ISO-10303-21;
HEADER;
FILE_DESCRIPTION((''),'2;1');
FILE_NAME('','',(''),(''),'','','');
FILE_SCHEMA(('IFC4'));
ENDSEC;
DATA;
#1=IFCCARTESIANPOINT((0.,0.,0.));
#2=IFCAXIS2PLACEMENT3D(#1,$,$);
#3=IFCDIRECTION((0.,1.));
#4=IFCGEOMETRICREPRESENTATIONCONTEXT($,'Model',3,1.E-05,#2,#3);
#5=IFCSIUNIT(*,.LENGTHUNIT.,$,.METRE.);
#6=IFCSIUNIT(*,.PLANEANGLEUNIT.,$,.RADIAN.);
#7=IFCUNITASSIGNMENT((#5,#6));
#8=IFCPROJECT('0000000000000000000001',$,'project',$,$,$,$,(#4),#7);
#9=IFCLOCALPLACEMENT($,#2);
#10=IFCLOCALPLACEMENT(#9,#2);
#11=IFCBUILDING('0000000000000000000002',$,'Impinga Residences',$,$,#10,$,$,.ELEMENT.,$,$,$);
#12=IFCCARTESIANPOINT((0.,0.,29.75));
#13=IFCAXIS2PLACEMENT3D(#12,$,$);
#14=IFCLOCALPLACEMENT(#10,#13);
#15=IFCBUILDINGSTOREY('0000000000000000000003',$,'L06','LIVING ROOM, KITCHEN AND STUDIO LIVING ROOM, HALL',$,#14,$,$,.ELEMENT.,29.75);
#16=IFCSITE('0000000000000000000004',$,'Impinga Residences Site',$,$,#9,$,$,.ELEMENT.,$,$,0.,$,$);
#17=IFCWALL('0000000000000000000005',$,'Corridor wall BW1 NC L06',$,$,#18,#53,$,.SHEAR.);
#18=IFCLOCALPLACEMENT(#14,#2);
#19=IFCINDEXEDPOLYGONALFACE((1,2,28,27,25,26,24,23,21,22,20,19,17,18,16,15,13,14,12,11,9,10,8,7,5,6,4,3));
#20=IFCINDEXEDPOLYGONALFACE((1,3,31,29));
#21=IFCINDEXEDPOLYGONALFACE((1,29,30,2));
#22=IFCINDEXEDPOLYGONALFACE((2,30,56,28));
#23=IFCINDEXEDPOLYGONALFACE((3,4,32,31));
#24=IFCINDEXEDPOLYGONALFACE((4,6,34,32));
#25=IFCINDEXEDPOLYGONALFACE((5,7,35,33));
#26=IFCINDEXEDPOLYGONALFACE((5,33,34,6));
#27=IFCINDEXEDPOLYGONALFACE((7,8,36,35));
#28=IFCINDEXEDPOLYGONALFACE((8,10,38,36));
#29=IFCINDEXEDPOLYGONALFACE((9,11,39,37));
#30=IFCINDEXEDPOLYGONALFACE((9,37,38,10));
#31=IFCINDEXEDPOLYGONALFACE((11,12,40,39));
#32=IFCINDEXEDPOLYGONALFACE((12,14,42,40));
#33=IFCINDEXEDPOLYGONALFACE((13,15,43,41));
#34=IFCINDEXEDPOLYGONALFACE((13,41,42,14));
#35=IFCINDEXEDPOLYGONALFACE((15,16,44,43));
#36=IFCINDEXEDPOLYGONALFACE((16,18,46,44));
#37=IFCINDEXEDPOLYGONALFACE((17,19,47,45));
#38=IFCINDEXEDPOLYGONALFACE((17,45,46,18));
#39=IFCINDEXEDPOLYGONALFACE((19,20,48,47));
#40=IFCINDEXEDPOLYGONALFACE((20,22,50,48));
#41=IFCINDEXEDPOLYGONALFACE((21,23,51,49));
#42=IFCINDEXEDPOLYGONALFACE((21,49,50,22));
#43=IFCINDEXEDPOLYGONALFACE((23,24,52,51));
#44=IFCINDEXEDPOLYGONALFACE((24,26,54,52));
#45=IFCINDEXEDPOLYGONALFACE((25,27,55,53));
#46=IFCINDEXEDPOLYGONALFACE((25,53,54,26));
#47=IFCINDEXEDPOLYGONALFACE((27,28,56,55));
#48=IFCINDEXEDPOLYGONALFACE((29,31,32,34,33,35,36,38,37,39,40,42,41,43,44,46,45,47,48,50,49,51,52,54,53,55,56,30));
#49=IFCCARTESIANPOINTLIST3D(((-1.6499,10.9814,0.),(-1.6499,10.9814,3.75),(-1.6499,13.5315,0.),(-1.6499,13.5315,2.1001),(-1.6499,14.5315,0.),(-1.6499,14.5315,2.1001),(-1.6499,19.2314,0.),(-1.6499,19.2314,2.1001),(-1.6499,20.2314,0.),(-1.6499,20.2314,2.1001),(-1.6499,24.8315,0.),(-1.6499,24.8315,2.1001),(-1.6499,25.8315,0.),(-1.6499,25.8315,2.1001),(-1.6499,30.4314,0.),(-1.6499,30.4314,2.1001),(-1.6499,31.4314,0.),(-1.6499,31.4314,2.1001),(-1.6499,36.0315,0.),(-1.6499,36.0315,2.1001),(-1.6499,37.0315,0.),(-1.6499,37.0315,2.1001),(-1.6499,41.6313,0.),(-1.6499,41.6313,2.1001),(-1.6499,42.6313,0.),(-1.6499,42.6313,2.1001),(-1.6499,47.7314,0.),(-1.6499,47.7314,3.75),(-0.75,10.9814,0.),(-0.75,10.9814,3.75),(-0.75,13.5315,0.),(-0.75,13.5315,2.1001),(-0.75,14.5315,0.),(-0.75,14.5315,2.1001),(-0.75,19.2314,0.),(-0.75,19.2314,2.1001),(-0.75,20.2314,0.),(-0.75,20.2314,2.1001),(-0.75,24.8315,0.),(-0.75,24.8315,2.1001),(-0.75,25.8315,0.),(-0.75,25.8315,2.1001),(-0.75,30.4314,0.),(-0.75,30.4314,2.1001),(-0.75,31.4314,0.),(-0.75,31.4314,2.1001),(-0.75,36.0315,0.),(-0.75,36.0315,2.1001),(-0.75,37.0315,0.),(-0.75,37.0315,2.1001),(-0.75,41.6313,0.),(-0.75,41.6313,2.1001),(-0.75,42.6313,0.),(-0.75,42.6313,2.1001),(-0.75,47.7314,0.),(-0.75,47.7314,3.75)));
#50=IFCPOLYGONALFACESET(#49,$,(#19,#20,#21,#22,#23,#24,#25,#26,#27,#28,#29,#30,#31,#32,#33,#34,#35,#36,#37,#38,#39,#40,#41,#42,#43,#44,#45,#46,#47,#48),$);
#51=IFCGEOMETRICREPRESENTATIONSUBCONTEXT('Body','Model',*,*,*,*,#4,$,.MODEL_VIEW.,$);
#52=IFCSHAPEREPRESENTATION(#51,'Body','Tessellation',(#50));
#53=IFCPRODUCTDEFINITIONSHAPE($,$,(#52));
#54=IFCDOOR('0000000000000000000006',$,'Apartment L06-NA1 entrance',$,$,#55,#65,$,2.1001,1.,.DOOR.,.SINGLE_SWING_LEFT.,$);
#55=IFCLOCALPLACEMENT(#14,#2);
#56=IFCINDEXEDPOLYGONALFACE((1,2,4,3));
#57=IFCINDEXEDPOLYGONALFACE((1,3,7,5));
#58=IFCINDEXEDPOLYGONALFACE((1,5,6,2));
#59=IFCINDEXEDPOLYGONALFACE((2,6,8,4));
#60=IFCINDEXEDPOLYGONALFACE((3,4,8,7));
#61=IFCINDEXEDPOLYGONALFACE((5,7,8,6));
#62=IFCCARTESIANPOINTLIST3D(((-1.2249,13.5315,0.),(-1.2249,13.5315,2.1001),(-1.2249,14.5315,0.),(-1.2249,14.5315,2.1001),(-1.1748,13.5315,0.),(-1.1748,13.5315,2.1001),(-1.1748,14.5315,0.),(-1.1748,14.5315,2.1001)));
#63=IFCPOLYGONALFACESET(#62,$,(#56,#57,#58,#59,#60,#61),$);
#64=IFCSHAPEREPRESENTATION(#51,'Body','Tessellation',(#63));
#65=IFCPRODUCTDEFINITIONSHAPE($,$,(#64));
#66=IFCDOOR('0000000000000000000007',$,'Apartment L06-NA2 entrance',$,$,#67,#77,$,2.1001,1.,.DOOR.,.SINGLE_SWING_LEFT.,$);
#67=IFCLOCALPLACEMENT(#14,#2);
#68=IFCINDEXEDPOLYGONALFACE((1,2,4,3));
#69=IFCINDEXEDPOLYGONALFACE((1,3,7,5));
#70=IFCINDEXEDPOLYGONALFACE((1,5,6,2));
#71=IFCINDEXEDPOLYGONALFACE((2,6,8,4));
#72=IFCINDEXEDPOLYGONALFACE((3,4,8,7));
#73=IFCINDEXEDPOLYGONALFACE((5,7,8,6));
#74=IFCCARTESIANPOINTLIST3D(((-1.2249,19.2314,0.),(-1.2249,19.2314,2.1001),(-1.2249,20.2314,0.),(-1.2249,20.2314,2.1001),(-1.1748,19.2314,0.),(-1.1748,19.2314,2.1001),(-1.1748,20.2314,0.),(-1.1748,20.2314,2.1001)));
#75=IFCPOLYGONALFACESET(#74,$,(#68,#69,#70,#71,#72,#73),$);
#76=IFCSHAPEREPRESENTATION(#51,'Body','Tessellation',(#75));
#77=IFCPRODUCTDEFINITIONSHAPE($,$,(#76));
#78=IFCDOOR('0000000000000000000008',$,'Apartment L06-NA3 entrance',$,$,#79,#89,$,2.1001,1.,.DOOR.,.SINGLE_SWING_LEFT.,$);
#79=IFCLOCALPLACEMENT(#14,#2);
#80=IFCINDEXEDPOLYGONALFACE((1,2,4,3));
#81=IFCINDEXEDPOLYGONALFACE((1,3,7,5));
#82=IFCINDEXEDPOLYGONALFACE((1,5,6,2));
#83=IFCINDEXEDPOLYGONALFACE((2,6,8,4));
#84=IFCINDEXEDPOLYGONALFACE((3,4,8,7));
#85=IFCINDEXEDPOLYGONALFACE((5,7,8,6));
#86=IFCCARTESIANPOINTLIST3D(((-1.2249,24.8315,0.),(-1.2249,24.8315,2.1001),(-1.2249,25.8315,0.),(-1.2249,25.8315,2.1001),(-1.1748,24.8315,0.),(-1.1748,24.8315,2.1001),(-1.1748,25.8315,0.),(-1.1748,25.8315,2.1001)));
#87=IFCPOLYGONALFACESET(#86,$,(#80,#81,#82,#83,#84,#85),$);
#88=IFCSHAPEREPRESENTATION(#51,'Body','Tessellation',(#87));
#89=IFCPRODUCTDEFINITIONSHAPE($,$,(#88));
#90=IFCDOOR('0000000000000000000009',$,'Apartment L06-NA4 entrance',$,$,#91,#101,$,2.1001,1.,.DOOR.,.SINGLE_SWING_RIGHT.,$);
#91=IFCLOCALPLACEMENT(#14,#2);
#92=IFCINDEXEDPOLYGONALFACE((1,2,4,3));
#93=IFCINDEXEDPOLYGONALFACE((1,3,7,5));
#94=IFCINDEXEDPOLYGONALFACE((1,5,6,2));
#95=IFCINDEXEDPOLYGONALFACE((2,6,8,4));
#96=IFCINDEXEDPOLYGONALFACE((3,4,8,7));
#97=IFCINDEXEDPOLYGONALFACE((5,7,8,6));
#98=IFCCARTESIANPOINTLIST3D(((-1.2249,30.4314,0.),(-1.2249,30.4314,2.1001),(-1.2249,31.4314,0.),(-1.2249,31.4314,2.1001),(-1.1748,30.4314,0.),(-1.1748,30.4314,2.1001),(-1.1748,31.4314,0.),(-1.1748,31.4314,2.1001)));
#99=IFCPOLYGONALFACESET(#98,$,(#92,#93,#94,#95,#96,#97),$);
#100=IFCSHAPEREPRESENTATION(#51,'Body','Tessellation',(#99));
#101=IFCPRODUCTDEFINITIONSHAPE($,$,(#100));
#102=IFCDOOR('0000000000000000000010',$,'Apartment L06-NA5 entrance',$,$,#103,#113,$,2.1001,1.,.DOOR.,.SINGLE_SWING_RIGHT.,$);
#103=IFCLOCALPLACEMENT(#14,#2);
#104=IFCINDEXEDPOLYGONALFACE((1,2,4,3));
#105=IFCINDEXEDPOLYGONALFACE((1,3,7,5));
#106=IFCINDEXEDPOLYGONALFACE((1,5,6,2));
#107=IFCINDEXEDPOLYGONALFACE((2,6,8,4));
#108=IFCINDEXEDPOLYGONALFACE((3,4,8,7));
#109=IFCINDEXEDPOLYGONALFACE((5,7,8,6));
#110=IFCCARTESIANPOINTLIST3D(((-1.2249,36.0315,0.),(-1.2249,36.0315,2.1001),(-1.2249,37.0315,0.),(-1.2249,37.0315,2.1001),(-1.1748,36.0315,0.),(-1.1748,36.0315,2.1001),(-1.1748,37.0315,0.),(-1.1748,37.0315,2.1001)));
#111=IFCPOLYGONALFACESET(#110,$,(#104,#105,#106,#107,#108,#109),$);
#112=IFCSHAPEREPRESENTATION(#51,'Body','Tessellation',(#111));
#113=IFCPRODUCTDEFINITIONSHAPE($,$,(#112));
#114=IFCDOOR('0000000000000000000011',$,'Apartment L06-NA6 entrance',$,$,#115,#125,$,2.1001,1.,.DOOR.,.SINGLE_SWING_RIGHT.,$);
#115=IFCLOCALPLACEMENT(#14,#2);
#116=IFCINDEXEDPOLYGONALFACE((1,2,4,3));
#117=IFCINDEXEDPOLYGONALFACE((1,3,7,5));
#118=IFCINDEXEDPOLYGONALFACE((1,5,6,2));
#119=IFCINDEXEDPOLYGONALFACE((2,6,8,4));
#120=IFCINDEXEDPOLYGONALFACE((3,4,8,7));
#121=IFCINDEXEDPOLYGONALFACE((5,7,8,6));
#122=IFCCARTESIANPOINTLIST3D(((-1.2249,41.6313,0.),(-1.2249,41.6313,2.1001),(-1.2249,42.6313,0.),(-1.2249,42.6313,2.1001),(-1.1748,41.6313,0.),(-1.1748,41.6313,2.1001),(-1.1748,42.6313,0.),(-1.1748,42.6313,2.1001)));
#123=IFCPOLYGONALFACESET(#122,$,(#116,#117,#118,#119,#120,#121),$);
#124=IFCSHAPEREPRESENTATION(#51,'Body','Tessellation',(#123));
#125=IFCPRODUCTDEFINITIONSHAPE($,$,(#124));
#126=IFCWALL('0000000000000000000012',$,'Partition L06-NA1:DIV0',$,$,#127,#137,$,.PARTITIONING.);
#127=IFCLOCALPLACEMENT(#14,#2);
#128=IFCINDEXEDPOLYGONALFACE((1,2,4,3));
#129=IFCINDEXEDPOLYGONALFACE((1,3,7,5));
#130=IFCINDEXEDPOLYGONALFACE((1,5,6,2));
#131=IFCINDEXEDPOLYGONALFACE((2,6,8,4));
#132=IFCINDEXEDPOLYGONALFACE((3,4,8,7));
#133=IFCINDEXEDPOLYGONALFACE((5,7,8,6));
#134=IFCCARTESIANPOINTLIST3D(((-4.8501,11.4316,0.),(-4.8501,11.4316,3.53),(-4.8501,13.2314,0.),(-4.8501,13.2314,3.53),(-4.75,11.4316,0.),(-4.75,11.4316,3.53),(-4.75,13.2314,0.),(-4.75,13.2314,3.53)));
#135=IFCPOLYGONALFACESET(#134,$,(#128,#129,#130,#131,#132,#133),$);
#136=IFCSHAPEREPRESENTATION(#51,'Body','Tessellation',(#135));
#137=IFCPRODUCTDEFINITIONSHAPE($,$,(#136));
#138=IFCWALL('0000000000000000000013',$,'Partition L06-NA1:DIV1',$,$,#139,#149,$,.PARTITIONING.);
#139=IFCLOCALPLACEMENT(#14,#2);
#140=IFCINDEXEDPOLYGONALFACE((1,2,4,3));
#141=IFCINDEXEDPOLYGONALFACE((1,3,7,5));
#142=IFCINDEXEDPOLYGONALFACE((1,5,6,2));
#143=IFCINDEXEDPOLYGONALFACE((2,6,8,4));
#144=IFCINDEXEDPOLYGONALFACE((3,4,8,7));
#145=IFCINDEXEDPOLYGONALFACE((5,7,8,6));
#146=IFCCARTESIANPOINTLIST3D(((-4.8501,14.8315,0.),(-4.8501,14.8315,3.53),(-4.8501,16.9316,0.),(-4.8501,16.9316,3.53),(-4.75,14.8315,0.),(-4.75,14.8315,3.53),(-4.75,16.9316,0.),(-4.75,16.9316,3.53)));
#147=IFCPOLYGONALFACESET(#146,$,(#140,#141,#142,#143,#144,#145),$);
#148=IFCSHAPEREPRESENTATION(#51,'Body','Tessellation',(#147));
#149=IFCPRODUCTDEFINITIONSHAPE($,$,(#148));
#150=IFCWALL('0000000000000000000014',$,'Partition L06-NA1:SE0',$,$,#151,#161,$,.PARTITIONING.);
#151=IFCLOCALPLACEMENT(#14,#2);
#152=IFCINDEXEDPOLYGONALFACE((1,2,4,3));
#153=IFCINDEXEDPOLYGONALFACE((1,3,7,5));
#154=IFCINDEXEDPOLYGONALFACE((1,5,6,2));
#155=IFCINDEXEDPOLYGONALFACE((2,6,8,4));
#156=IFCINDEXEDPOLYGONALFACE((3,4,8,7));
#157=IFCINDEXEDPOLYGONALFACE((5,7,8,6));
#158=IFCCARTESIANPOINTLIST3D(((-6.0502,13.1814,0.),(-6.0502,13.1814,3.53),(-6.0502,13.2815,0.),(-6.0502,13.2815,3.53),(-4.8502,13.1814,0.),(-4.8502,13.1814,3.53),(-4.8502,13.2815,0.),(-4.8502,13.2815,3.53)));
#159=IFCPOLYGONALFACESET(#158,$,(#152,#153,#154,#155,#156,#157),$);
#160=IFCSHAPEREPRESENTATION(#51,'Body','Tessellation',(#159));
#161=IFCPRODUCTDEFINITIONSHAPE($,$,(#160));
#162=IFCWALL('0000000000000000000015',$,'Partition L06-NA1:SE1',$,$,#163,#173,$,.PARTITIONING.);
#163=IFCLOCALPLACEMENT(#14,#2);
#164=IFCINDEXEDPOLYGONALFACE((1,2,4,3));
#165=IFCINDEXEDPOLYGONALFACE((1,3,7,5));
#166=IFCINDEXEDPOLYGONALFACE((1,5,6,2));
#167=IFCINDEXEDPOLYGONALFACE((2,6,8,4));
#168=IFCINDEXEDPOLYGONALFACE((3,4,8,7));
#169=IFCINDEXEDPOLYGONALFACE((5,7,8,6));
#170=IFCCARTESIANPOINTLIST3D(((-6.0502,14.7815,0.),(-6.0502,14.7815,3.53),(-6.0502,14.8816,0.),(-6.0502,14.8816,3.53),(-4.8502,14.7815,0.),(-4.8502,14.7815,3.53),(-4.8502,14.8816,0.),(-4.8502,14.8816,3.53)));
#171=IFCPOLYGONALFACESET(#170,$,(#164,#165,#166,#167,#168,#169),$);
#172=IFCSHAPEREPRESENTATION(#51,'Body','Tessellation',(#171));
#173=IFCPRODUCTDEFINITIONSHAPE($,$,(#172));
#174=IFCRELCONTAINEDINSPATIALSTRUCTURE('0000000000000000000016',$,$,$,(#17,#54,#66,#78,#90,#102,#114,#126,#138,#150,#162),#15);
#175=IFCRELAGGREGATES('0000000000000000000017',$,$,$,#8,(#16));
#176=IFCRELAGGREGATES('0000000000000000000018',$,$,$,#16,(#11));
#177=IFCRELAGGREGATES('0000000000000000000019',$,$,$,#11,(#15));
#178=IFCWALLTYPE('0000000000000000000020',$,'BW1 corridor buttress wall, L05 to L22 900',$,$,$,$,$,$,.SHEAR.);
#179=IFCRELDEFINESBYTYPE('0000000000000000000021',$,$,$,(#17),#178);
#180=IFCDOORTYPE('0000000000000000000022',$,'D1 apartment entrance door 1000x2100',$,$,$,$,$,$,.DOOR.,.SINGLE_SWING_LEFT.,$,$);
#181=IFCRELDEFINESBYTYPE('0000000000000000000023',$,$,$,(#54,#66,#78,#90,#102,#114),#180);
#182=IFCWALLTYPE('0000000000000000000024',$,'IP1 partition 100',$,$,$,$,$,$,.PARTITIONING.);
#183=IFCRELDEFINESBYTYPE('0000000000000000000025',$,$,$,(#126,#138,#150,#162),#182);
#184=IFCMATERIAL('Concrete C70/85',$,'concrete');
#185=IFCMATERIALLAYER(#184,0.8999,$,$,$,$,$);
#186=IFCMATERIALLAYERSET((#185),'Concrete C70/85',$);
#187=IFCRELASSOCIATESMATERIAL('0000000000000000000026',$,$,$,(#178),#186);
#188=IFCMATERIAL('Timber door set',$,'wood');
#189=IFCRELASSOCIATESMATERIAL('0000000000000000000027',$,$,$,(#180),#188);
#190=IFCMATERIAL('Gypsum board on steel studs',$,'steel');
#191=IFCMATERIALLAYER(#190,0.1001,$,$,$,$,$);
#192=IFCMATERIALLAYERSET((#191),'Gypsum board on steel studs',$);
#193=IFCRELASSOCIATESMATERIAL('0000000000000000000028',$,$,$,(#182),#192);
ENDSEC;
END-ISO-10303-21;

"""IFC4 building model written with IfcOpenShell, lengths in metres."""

from ifc_helpers import new_model, si_unit, direction, frame, frame_2d, origin, place, context, subcontext, project, spatial, rectangle, extrude, material, layer, layer_set, type_object, element, fill, save


model = new_model("IFC4")

# Units and contexts
model_context = context("Model", 3, precision=1e-05, world=origin(), true_north=direction((0.0, 1.0)))
body_context = subcontext(model_context, "Body", "Model", "MODEL_VIEW")
ifc_project = project(units=[si_unit("LENGTHUNIT", "METRE"), si_unit("PLANEANGLEUNIT", "RADIAN")], contexts=[model_context])

# Site, building, storey
site_placement = place(None, origin())
site = spatial("IfcSite", under=ifc_project, at=site_placement, Name="Impinga Residences Site", CompositionType="ELEMENT", RefElevation=0.0)
building_placement = place(site_placement, origin())
building = spatial("IfcBuilding", under=site, at=building_placement, Name="Impinga Residences", CompositionType="ELEMENT")
storey_placement = place(building_placement, frame((0.0, 0.0, 29.75)))
storey = spatial("IfcBuildingStorey", under=building, at=storey_placement, Name="L06", Description="LIVING ROOM, KITCHEN AND STUDIO LIVING ROOM, HALL", CompositionType="ELEMENT", Elevation=29.75)

# Wall, openings, doors
ifc_material_1 = material(Name="Concrete C70/85", Category="concrete")
ifc_layer_1 = layer(ifc_material_1, 0.8999)
ifc_layer_set_1 = layer_set([ifc_layer_1], Name="Concrete C70/85")
wall_type_1 = type_object("IfcWallType", Name="BW1 corridor buttress wall, L05 to L22 900", PredefinedType="SHEAR", material=ifc_layer_set_1)
wall_1_placement = place(storey_placement, frame((-1.2, 10.9814, 0.0), z_axis=(0.0, 0.0, 1.0), x_axis=(0.0, 1.0, 0.0)))
wall_1 = element("IfcWall", 1, at=wall_1_placement, inside=storey, type_object=wall_type_1, Name="Corridor wall BW1 NC L06", PredefinedType="SHEAR", context=body_context, shape_type="SweptSolid", body=[
    extrude(rectangle(XDim=36.75, YDim=0.8999, at=frame_2d((18.375, 0.0))), origin(), (0.0, 0.0, 1.0), 3.75),
])
opening_1_placement = place(wall_1_placement, frame((2.55, 0.0, 0.0)))
opening_1 = element("IfcOpeningElement", 2, at=opening_1_placement, cuts=wall_1, PredefinedType="OPENING", context=body_context, shape_type="SweptSolid", body=[
    extrude(rectangle(XDim=1.0, YDim=2.1001, at=frame_2d((0.5, 1.05))), frame((0.0, 0.46, 0.0), z_axis=(0.0, -1.0, 0.0), x_axis=(1.0, 0.0, 0.0)), (0.0, 0.0, 1.0), 0.9199),
])
opening_2_placement = place(wall_1_placement, frame((8.25, 0.0, 0.0)))
opening_2 = element("IfcOpeningElement", 3, at=opening_2_placement, cuts=wall_1, PredefinedType="OPENING", context=body_context, shape_type="SweptSolid", body=[
    extrude(rectangle(XDim=1.0, YDim=2.1001, at=frame_2d((0.5, 1.05))), frame((0.0, 0.46, 0.0), z_axis=(0.0, -1.0, 0.0), x_axis=(1.0, 0.0, 0.0)), (0.0, 0.0, 1.0), 0.9199),
])
opening_3_placement = place(wall_1_placement, frame((13.8501, 0.0, 0.0)))
opening_3 = element("IfcOpeningElement", 4, at=opening_3_placement, cuts=wall_1, PredefinedType="OPENING", context=body_context, shape_type="SweptSolid", body=[
    extrude(rectangle(XDim=1.0, YDim=2.1001, at=frame_2d((0.5, 1.05))), frame((0.0, 0.46, 0.0), z_axis=(0.0, -1.0, 0.0), x_axis=(1.0, 0.0, 0.0)), (0.0, 0.0, 1.0), 0.9199),
])
opening_4_placement = place(wall_1_placement, frame((19.45, 0.0, 0.0)))
opening_4 = element("IfcOpeningElement", 5, at=opening_4_placement, cuts=wall_1, PredefinedType="OPENING", context=body_context, shape_type="SweptSolid", body=[
    extrude(rectangle(XDim=1.0, YDim=2.1001, at=frame_2d((0.5, 1.05))), frame((0.0, 0.46, 0.0), z_axis=(0.0, -1.0, 0.0), x_axis=(1.0, 0.0, 0.0)), (0.0, 0.0, 1.0), 0.9199),
])
opening_5_placement = place(wall_1_placement, frame((25.05, 0.0, 0.0)))
opening_5 = element("IfcOpeningElement", 6, at=opening_5_placement, cuts=wall_1, PredefinedType="OPENING", context=body_context, shape_type="SweptSolid", body=[
    extrude(rectangle(XDim=1.0, YDim=2.1001, at=frame_2d((0.5, 1.05))), frame((0.0, 0.46, 0.0), z_axis=(0.0, -1.0, 0.0), x_axis=(1.0, 0.0, 0.0)), (0.0, 0.0, 1.0), 0.9199),
])
opening_6_placement = place(wall_1_placement, frame((30.6499, 0.0, 0.0)))
opening_6 = element("IfcOpeningElement", 7, at=opening_6_placement, cuts=wall_1, PredefinedType="OPENING", context=body_context, shape_type="SweptSolid", body=[
    extrude(rectangle(XDim=1.0, YDim=2.1001, at=frame_2d((0.5, 1.05))), frame((0.0, 0.46, 0.0), z_axis=(0.0, -1.0, 0.0), x_axis=(1.0, 0.0, 0.0)), (0.0, 0.0, 1.0), 0.9199),
])
ifc_material_2 = material(Name="Timber door set", Category="wood")
door_type_1 = type_object("IfcDoorType", Name="D1 apartment entrance door 1000x2100", OperationType="SINGLE_SWING_LEFT", PredefinedType="DOOR", material=ifc_material_2)
door_1_placement = place(opening_1_placement, origin())
door_1 = element("IfcDoor", 8, at=door_1_placement, inside=storey, type_object=door_type_1, Name="Apartment L06-NA1 entrance", OperationType="SINGLE_SWING_LEFT", OverallHeight=2.1001, OverallWidth=1.0, PredefinedType="DOOR", context=body_context, shape_type="SweptSolid", body=[
    extrude(rectangle(XDim=1.0, YDim=2.1001, at=frame_2d((0.5, 1.05))), frame((0.0, 0.0249, 0.0), z_axis=(0.0, -1.0, 0.0), x_axis=(1.0, 0.0, 0.0)), (0.0, 0.0, 1.0), 0.05),
])
fill(opening_1, door_1)
door_2_placement = place(opening_2_placement, origin())
door_2 = element("IfcDoor", 9, at=door_2_placement, inside=storey, type_object=door_type_1, Name="Apartment L06-NA2 entrance", OperationType="SINGLE_SWING_LEFT", OverallHeight=2.1001, OverallWidth=1.0, PredefinedType="DOOR", context=body_context, shape_type="SweptSolid", body=[
    extrude(rectangle(XDim=1.0, YDim=2.1001, at=frame_2d((0.5, 1.05))), frame((0.0, 0.0249, 0.0), z_axis=(0.0, -1.0, 0.0), x_axis=(1.0, 0.0, 0.0)), (0.0, 0.0, 1.0), 0.05),
])
fill(opening_2, door_2)
door_3_placement = place(opening_3_placement, origin())
door_3 = element("IfcDoor", 10, at=door_3_placement, inside=storey, type_object=door_type_1, Name="Apartment L06-NA3 entrance", OperationType="SINGLE_SWING_LEFT", OverallHeight=2.1001, OverallWidth=1.0, PredefinedType="DOOR", context=body_context, shape_type="SweptSolid", body=[
    extrude(rectangle(XDim=1.0, YDim=2.1001, at=frame_2d((0.5, 1.05))), frame((0.0, 0.0249, 0.0), z_axis=(0.0, -1.0, 0.0), x_axis=(1.0, 0.0, 0.0)), (0.0, 0.0, 1.0), 0.05),
])
fill(opening_3, door_3)
door_4_placement = place(opening_4_placement, origin())
door_4 = element("IfcDoor", 11, at=door_4_placement, inside=storey, type_object=door_type_1, Name="Apartment L06-NA4 entrance", OperationType="SINGLE_SWING_RIGHT", OverallHeight=2.1001, OverallWidth=1.0, PredefinedType="DOOR", context=body_context, shape_type="SweptSolid", body=[
    extrude(rectangle(XDim=1.0, YDim=2.1001, at=frame_2d((0.5, 1.05))), frame((0.0, 0.0249, 0.0), z_axis=(0.0, -1.0, 0.0), x_axis=(1.0, 0.0, 0.0)), (0.0, 0.0, 1.0), 0.05),
])
fill(opening_4, door_4)
door_5_placement = place(opening_5_placement, origin())
door_5 = element("IfcDoor", 12, at=door_5_placement, inside=storey, type_object=door_type_1, Name="Apartment L06-NA5 entrance", OperationType="SINGLE_SWING_RIGHT", OverallHeight=2.1001, OverallWidth=1.0, PredefinedType="DOOR", context=body_context, shape_type="SweptSolid", body=[
    extrude(rectangle(XDim=1.0, YDim=2.1001, at=frame_2d((0.5, 1.05))), frame((0.0, 0.0249, 0.0), z_axis=(0.0, -1.0, 0.0), x_axis=(1.0, 0.0, 0.0)), (0.0, 0.0, 1.0), 0.05),
])
fill(opening_5, door_5)
door_6_placement = place(opening_6_placement, origin())
door_6 = element("IfcDoor", 13, at=door_6_placement, inside=storey, type_object=door_type_1, Name="Apartment L06-NA6 entrance", OperationType="SINGLE_SWING_RIGHT", OverallHeight=2.1001, OverallWidth=1.0, PredefinedType="DOOR", context=body_context, shape_type="SweptSolid", body=[
    extrude(rectangle(XDim=1.0, YDim=2.1001, at=frame_2d((0.5, 1.05))), frame((0.0, 0.0249, 0.0), z_axis=(0.0, -1.0, 0.0), x_axis=(1.0, 0.0, 0.0)), (0.0, 0.0, 1.0), 0.05),
])
fill(opening_6, door_6)

# Walls
ifc_material_3 = material(Name="Gypsum board on steel studs", Category="steel")
ifc_layer_2 = layer(ifc_material_3, 0.1001)
ifc_layer_set_2 = layer_set([ifc_layer_2], Name="Gypsum board on steel studs")
wall_type_2 = type_object("IfcWallType", Name="IP1 partition 100", PredefinedType="PARTITIONING", material=ifc_layer_set_2)
wall_2_placement = place(storey_placement, frame((-4.8, 11.4316, 0.0), z_axis=(0.0, 0.0, 1.0), x_axis=(0.0, 1.0, 0.0)))
element("IfcWall", 14, at=wall_2_placement, inside=storey, type_object=wall_type_2, Name="Partition L06-NA1:DIV0", PredefinedType="PARTITIONING", context=body_context, shape_type="SweptSolid", body=[
    extrude(rectangle(XDim=1.7998, YDim=0.1001, at=frame_2d((0.8999, 0.0))), origin(), (0.0, 0.0, 1.0), 3.53),
])
wall_3_placement = place(storey_placement, frame((-4.8, 14.8315, 0.0), z_axis=(0.0, 0.0, 1.0), x_axis=(0.0, 1.0, 0.0)))
element("IfcWall", 15, at=wall_3_placement, inside=storey, type_object=wall_type_2, Name="Partition L06-NA1:DIV1", PredefinedType="PARTITIONING", context=body_context, shape_type="SweptSolid", body=[
    extrude(rectangle(XDim=2.1001, YDim=0.1001, at=frame_2d((1.05, 0.0))), origin(), (0.0, 0.0, 1.0), 3.53),
])
for number, where, z_axis, x_axis, name in (
    (16, (-4.8501, 13.2314, 0.0), (0.0, 0.0, 1.0), (-1.0, 0.0, 0.0), "Partition L06-NA1:SE0"),
    (17, (-4.8501, 14.8315, 0.0), (0.0, 0.0, 1.0), (-1.0, 0.0, 0.0), "Partition L06-NA1:SE1"),
):
    element("IfcWall", number, at=place(storey_placement, frame(where, z_axis=z_axis, x_axis=x_axis)), inside=storey, type_object=wall_type_2, Name=name, PredefinedType="PARTITIONING", context=body_context, shape_type="SweptSolid", body=[
        extrude(rectangle(XDim=1.2, YDim=0.1001, at=frame_2d((0.6001, 0.0))), origin(), (0.0, 0.0, 1.0), 3.53),
    ])

save(model, "model.ifc")
